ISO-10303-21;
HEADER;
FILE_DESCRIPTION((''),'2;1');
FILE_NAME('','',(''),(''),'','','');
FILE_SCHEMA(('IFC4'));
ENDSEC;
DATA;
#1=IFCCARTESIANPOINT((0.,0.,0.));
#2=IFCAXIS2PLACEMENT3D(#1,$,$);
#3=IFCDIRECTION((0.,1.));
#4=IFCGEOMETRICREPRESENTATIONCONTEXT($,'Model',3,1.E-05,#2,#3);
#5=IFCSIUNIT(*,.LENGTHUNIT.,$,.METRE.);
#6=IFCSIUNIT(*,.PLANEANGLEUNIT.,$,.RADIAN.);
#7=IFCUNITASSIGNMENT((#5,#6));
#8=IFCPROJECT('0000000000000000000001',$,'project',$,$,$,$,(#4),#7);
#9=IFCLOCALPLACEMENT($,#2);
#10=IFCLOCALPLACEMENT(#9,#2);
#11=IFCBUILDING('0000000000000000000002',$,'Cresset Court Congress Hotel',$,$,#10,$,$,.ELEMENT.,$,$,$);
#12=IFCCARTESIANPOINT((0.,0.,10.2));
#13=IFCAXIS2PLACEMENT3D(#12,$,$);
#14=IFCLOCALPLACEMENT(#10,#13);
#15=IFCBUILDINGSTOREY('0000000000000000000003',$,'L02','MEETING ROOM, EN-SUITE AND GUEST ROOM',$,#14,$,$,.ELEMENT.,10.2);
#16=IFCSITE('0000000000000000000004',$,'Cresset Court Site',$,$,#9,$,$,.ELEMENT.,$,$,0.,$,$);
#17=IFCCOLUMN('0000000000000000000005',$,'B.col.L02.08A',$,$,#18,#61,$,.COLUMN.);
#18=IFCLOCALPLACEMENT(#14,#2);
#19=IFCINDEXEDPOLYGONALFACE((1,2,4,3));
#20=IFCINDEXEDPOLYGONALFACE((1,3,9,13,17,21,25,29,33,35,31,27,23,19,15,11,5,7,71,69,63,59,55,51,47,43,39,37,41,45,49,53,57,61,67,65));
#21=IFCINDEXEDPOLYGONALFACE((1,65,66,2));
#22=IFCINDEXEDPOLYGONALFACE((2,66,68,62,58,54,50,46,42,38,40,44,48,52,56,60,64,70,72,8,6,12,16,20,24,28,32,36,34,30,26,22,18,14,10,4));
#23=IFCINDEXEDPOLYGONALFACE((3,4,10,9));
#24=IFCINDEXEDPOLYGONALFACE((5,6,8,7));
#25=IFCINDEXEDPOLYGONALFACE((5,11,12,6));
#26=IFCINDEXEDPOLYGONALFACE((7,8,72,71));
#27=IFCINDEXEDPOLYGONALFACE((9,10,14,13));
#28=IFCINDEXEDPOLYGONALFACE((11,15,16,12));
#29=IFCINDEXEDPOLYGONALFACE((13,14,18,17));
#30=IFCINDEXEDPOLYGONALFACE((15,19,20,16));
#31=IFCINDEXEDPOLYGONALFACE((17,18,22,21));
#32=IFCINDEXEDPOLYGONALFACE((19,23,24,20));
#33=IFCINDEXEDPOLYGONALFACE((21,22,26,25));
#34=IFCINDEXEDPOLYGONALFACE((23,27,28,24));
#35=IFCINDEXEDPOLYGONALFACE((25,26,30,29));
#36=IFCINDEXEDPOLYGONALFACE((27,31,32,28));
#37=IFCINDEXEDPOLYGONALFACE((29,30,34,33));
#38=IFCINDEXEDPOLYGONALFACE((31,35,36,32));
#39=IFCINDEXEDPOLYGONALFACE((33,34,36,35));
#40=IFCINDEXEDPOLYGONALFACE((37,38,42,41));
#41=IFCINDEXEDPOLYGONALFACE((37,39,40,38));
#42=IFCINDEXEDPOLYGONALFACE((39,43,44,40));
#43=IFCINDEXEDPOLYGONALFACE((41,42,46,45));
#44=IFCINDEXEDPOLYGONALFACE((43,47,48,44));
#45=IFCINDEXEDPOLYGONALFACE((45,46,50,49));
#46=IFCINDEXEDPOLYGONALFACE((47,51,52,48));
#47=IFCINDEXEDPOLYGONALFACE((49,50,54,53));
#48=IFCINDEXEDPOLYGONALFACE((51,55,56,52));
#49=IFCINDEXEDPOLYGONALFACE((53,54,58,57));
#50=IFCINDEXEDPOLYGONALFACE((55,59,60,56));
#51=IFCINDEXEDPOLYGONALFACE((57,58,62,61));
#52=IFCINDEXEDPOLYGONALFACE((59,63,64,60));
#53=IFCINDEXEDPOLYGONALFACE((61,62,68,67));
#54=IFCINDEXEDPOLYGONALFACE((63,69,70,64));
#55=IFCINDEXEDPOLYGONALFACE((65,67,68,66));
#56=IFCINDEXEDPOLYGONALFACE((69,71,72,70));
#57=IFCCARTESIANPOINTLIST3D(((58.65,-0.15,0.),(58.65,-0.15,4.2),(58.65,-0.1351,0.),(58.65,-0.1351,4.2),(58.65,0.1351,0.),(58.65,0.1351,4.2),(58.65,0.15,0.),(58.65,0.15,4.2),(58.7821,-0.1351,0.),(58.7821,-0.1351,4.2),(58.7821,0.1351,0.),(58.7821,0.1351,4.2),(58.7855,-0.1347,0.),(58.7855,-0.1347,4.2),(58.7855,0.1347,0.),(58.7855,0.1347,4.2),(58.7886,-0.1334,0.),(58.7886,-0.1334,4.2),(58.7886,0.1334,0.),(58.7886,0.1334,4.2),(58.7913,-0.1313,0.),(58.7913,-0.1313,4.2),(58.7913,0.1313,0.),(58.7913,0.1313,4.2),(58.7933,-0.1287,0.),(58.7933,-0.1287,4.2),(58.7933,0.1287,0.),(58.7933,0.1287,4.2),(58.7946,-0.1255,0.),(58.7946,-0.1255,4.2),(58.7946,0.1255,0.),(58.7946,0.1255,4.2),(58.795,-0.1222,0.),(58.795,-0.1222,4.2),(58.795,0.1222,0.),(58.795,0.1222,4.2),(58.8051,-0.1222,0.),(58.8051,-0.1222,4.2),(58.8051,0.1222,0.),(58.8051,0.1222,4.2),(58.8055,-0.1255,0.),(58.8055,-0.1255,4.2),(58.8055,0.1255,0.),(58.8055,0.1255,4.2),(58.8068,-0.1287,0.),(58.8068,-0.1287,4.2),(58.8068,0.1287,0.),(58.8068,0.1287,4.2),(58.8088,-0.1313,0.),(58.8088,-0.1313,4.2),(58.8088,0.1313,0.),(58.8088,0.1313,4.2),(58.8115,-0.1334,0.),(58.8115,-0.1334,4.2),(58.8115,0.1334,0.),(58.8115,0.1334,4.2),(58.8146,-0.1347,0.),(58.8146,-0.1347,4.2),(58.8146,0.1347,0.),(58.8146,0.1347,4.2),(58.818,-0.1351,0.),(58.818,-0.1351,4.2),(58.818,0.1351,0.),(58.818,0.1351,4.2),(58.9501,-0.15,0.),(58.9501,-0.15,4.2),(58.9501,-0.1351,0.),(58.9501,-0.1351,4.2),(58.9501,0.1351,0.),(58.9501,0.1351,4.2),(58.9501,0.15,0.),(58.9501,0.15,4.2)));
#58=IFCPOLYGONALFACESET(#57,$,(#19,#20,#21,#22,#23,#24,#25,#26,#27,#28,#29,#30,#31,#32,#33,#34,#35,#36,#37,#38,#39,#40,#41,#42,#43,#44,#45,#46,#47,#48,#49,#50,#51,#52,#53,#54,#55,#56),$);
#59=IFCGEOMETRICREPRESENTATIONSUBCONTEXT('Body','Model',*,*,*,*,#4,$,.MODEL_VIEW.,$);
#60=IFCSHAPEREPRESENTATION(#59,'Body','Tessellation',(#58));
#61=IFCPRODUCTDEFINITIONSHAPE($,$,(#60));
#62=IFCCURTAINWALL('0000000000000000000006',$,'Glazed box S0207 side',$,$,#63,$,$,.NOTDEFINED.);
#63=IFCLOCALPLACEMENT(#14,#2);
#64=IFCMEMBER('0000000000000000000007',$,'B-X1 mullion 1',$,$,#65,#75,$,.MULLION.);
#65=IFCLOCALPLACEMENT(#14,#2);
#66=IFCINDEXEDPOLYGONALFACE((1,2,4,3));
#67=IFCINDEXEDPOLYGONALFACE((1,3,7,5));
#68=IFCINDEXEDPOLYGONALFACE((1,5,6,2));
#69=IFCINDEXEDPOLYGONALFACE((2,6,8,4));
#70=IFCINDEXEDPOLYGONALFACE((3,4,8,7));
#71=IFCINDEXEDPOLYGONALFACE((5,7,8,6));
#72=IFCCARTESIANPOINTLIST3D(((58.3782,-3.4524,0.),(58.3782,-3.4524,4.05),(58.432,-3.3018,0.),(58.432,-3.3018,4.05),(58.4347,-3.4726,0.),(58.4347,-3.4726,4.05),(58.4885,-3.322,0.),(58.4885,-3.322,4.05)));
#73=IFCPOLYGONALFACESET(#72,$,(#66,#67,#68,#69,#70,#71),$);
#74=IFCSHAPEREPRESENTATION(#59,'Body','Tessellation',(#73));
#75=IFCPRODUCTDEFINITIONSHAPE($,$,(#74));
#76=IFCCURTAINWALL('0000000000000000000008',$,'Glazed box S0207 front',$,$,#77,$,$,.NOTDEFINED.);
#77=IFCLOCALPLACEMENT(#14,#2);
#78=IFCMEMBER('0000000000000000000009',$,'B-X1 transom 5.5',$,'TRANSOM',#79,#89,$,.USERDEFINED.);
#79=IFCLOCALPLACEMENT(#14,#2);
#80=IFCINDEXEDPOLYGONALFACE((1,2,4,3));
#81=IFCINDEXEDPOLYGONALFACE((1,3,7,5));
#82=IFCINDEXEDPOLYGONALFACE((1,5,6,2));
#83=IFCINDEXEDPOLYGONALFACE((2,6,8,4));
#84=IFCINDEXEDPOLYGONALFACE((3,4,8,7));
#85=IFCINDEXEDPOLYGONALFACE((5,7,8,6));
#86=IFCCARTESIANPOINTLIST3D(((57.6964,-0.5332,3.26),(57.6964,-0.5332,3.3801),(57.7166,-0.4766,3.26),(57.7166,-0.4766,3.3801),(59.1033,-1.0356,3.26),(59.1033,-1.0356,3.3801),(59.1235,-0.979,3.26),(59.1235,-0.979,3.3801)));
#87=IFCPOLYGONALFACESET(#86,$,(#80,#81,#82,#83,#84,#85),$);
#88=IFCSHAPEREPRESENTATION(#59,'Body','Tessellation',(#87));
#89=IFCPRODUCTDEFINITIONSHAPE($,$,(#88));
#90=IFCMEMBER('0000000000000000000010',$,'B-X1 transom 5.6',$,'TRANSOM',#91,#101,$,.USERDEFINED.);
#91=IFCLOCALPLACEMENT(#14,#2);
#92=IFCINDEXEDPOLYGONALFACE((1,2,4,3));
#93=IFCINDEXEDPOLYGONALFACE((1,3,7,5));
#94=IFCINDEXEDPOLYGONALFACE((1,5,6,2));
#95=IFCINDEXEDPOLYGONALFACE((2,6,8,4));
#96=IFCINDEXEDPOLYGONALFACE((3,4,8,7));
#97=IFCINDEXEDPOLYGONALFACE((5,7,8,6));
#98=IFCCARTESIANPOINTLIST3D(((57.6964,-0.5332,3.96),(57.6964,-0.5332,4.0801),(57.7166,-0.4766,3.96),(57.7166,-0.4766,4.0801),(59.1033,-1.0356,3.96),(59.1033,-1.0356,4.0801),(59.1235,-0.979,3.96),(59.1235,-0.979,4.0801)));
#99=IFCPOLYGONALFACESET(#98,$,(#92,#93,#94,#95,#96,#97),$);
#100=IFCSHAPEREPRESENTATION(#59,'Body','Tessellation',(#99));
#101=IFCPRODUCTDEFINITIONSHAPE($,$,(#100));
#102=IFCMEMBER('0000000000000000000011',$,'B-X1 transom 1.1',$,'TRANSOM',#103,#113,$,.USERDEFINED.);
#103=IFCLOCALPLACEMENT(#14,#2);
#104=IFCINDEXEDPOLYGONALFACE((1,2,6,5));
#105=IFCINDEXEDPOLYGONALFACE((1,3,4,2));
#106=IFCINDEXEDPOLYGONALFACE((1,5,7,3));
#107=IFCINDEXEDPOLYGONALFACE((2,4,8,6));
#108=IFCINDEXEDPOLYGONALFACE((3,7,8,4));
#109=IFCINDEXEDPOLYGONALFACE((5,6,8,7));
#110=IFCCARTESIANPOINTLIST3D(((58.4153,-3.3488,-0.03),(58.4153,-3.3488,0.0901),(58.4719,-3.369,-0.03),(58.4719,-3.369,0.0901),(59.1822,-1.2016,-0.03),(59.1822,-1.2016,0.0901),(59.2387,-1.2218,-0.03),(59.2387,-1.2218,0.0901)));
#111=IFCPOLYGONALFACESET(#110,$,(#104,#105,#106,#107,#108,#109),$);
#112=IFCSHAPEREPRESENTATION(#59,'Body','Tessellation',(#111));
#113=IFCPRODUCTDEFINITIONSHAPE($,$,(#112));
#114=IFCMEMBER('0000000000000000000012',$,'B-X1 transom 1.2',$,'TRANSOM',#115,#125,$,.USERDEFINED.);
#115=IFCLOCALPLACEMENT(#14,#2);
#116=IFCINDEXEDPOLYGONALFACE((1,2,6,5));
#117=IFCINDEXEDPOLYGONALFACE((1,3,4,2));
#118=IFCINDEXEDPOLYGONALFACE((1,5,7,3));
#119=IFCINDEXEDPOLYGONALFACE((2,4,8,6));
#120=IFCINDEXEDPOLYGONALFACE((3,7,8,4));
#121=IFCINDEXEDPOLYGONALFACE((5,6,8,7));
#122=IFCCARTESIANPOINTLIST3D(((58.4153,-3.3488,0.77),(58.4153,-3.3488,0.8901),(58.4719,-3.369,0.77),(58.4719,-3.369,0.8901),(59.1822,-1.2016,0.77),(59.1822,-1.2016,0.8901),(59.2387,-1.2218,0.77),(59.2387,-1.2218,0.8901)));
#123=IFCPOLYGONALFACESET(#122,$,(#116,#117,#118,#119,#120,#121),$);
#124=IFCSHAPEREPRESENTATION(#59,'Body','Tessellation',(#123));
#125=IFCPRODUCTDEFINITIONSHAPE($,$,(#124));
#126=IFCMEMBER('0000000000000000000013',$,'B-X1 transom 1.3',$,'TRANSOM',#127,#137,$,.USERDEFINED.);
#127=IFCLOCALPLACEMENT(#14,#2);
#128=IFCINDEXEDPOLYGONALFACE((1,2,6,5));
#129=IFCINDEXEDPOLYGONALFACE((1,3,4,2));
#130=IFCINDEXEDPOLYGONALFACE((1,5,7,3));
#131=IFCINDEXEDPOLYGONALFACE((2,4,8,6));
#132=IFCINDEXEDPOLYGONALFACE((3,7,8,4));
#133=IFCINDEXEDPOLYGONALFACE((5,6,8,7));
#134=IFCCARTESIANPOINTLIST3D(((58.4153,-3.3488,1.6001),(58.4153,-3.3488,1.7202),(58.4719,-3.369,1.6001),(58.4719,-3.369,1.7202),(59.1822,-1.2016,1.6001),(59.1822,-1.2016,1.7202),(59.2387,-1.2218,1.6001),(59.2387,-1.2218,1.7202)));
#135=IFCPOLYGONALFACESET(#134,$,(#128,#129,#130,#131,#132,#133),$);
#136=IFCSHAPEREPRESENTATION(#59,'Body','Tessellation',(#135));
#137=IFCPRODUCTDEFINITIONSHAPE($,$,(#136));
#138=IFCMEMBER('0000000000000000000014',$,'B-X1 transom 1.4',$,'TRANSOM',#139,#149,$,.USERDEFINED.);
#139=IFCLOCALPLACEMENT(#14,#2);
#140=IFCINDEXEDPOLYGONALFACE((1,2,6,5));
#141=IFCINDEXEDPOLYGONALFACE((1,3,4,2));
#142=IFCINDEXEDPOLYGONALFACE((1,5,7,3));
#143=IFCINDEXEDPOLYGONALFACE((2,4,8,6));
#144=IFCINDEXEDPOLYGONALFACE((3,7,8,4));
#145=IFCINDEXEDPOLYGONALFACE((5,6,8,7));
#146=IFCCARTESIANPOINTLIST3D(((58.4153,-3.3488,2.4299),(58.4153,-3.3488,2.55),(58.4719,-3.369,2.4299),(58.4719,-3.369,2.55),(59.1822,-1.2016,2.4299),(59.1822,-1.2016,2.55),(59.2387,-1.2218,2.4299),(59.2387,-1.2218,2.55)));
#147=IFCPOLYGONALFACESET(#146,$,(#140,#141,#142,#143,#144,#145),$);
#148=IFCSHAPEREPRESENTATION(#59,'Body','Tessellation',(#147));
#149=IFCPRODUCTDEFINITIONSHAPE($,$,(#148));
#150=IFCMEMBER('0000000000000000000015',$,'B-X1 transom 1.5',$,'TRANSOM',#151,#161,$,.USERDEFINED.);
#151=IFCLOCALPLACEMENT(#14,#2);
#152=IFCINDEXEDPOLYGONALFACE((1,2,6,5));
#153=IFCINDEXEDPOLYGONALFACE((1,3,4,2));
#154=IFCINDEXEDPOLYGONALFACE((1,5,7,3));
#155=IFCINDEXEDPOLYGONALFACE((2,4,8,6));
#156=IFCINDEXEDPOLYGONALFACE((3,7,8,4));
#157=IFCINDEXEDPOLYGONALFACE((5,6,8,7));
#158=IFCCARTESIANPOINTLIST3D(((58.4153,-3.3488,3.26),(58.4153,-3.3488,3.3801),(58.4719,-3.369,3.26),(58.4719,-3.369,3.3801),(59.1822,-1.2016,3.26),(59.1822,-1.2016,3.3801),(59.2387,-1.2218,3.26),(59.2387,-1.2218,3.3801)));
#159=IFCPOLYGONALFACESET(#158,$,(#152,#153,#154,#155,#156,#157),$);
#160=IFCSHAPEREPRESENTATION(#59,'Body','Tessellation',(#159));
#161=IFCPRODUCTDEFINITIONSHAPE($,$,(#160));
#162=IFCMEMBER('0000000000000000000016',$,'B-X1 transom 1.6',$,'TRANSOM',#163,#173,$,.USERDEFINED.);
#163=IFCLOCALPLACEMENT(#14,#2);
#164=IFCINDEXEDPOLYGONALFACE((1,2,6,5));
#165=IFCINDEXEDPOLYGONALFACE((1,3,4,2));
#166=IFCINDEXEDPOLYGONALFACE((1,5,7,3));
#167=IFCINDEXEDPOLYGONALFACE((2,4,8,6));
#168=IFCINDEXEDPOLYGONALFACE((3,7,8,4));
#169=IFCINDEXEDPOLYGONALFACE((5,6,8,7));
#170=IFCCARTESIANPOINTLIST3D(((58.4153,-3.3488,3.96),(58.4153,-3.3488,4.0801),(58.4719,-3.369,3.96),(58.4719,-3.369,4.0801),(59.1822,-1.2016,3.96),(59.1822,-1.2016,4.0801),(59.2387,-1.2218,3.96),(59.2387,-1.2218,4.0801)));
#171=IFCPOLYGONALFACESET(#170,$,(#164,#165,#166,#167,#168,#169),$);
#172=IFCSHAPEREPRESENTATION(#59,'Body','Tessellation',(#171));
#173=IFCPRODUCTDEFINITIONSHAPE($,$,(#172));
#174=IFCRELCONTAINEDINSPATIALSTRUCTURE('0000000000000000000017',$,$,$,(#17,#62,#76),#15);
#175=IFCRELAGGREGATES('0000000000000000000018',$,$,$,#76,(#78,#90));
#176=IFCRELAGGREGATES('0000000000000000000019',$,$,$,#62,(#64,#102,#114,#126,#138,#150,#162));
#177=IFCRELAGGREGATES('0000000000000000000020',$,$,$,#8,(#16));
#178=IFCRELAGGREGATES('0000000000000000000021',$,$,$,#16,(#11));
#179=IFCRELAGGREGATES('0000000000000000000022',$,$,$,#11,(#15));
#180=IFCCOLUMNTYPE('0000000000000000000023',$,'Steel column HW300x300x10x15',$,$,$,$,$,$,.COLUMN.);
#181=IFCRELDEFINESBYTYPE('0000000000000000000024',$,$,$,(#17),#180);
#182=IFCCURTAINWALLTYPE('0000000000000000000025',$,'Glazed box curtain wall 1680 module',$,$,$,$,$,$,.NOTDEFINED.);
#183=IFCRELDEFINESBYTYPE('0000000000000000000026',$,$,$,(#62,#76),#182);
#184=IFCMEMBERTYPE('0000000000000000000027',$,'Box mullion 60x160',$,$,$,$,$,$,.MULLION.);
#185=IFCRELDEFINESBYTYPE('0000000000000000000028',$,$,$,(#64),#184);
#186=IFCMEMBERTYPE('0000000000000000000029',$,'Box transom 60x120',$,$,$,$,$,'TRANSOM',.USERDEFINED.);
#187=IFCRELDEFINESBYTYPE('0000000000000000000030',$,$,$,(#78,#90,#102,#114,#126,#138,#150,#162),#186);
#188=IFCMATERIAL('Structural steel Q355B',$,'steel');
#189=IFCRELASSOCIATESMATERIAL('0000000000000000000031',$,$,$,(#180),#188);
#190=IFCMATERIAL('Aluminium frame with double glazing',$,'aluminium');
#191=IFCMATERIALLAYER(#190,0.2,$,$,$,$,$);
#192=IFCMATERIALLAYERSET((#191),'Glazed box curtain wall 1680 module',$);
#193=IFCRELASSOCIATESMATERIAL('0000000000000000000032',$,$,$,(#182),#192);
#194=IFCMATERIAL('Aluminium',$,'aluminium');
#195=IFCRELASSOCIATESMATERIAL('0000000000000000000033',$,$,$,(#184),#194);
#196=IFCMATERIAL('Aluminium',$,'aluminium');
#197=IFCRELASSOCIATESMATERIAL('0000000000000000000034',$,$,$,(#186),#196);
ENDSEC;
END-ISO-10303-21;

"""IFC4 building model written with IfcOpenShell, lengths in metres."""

from ifc_helpers import new_model, si_unit, direction, frame, origin, origin_2d, place, context, subcontext, project, spatial, rectangle, i_section, extrude, material, layer, layer_set, material_profile, profile_set, type_object, element, aggregate, save


model = new_model("IFC4")

# Units and contexts
model_context = context("Model", 3, precision=1e-05, world=origin(), true_north=direction((0.0, 1.0)))
body_context = subcontext(model_context, "Body", "Model", "MODEL_VIEW")
ifc_project = project(units=[si_unit("LENGTHUNIT", "METRE"), si_unit("PLANEANGLEUNIT", "RADIAN")], contexts=[model_context])

# Site, building, storey
site_placement = place(None, origin())
site = spatial("IfcSite", under=ifc_project, at=site_placement, Name="Cresset Court Site", CompositionType="ELEMENT", RefElevation=0.0)
building_placement = place(site_placement, origin())
building = spatial("IfcBuilding", under=site, at=building_placement, Name="Cresset Court Congress Hotel", CompositionType="ELEMENT")
storey_placement = place(building_placement, frame((0.0, 0.0, 10.2)))
storey = spatial("IfcBuildingStorey", under=building, at=storey_placement, Name="L02", Description="MEETING ROOM, EN-SUITE AND GUEST ROOM", CompositionType="ELEMENT", Elevation=10.2)

# Column
ifc_material_1 = material(Name="Structural steel Q355B", Category="steel")
ifc_material_profile_1 = material_profile(ifc_material_1, i_section(OverallWidth=0.3, OverallDepth=0.3, WebThickness=0.01, FlangeThickness=0.0149, FilletRadius=0.0129, at=origin_2d()), Name="HW300x300x10x15")
ifc_profile_set_1 = profile_set([ifc_material_profile_1], Name="Structural steel Q355B")
column_type = type_object("IfcColumnType", Name="Steel column HW300x300x10x15", PredefinedType="COLUMN", material=ifc_profile_set_1)
column_placement = place(storey_placement, frame((58.8, 0.0, 0.0), z_axis=(0.0, 0.0, 1.0), x_axis=(1.0, 0.0, 0.0)))
element("IfcColumn", 1, at=column_placement, inside=storey, type_object=column_type, Name="B.col.L02.08A", PredefinedType="COLUMN", context=body_context, shape_type="SweptSolid", body=[
    extrude(i_section(OverallWidth=0.3, OverallDepth=0.3, WebThickness=0.01, FlangeThickness=0.0149, FilletRadius=0.0129, at=origin_2d()), origin(), (0.0, 0.0, 1.0), 4.2),
])

# Curtain wall, member
ifc_material_2 = material(Name="Aluminium frame with double glazing", Category="aluminium")
ifc_layer_1 = layer(ifc_material_2, 0.2)
ifc_layer_set_1 = layer_set([ifc_layer_1], Name="Glazed box curtain wall 1680 module")
curtain_wall_type = type_object("IfcCurtainWallType", Name="Glazed box curtain wall 1680 module", PredefinedType="NOTDEFINED", material=ifc_layer_set_1)
curtain_wall_1_placement = place(storey_placement, origin())
curtain_wall_1 = element("IfcCurtainWall", 2, at=curtain_wall_1_placement, inside=storey, type_object=curtain_wall_type, Name="Glazed box S0207 side", PredefinedType="NOTDEFINED")
ifc_material_3 = material(Name="Aluminium", Category="aluminium")
ifc_material_profile_2 = material_profile(ifc_material_3, rectangle(XDim=0.0601, YDim=0.1599, at=origin_2d()), Name="Box mullion 60x160")
ifc_profile_set_2 = profile_set([ifc_material_profile_2], Name="Aluminium")
member_type_1 = type_object("IfcMemberType", Name="Box mullion 60x160", PredefinedType="MULLION", material=ifc_profile_set_2)
member_1_placement = place(storey_placement, frame((58.4333, -3.3872, 0.0), z_axis=(0.0, 0.0, 1.0), x_axis=(-0.941742, 0.336336, 0.0)))
member_1 = element("IfcMember", 3, at=member_1_placement, type_object=member_type_1, Name="B-X1 mullion 1", PredefinedType="MULLION", context=body_context, shape_type="SweptSolid", body=[
    extrude(rectangle(XDim=0.0601, YDim=0.1599, at=origin_2d()), origin(), (0.0, 0.0, 1.0), 4.05),
])

# Curtain wall, members
curtain_wall_2_placement = place(storey_placement, origin())
curtain_wall_2 = element("IfcCurtainWall", 4, at=curtain_wall_2_placement, inside=storey, type_object=curtain_wall_type, Name="Glazed box S0207 front", PredefinedType="NOTDEFINED")
ifc_material_4 = material(Name="Aluminium", Category="aluminium")
ifc_material_profile_3 = material_profile(ifc_material_4, rectangle(XDim=0.0601, YDim=0.1201, at=origin_2d()), Name="Box transom 60x120")
ifc_profile_set_3 = profile_set([ifc_material_profile_3], Name="Aluminium")
member_type_2 = type_object("IfcMemberType", Name="Box transom 60x120", ElementType="TRANSOM", PredefinedType="USERDEFINED", material=ifc_profile_set_3)
member_2_placement = place(storey_placement, frame((57.7065, -0.5049, 3.3201), z_axis=(0.941753, -0.336305, 0.0), x_axis=(0.336305, 0.941753, 0.0)))
member_2 = element("IfcMember", 5, at=member_2_placement, type_object=member_type_2, Name="B-X1 transom 5.5", ObjectType="TRANSOM", PredefinedType="USERDEFINED", context=body_context, shape_type="SweptSolid", body=[
    extrude(rectangle(XDim=0.0601, YDim=0.1201, at=origin_2d()), origin(), (0.0, 0.0, 1.0), 1.4939),
])
member_3_placement = place(storey_placement, frame((57.7065, -0.5049, 4.02), z_axis=(0.941753, -0.336305, 0.0), x_axis=(0.336305, 0.941753, 0.0)))
member_3 = element("IfcMember", 6, at=member_3_placement, type_object=member_type_2, Name="B-X1 transom 5.6", ObjectType="TRANSOM", PredefinedType="USERDEFINED", context=body_context, shape_type="SweptSolid", body=[
    extrude(rectangle(XDim=0.0601, YDim=0.1201, at=origin_2d()), origin(), (0.0, 0.0, 1.0), 1.4939),
])

# Members
member_4_placement = place(storey_placement, frame((58.4436, -3.3589, 0.03), z_axis=(0.33633, 0.941744, 0.0), x_axis=(-0.941744, 0.33633, 0.0)))
member_4 = element("IfcMember", 7, at=member_4_placement, type_object=member_type_2, Name="B-X1 transom 1.1", ObjectType="TRANSOM", PredefinedType="USERDEFINED", context=body_context, shape_type="SweptSolid", body=[
    extrude(rectangle(XDim=0.0601, YDim=0.1201, at=origin_2d()), origin(), (0.0, 0.0, 1.0), 2.28),
])
member_5_placement = place(storey_placement, frame((58.4436, -3.3589, 0.8301), z_axis=(0.33633, 0.941744, 0.0), x_axis=(-0.941744, 0.33633, 0.0)))
member_5 = element("IfcMember", 8, at=member_5_placement, type_object=member_type_2, Name="B-X1 transom 1.2", ObjectType="TRANSOM", PredefinedType="USERDEFINED", context=body_context, shape_type="SweptSolid", body=[
    extrude(rectangle(XDim=0.0601, YDim=0.1201, at=origin_2d()), origin(), (0.0, 0.0, 1.0), 2.28),
])
member_6_placement = place(storey_placement, frame((58.4436, -3.3589, 1.6602), z_axis=(0.33633, 0.941744, 0.0), x_axis=(-0.941744, 0.33633, 0.0)))
member_6 = element("IfcMember", 9, at=member_6_placement, type_object=member_type_2, Name="B-X1 transom 1.3", ObjectType="TRANSOM", PredefinedType="USERDEFINED", context=body_context, shape_type="SweptSolid", body=[
    extrude(rectangle(XDim=0.0601, YDim=0.1201, at=origin_2d()), origin(), (0.0, 0.0, 1.0), 2.28),
])
member_7_placement = place(storey_placement, frame((58.4436, -3.3589, 2.49), z_axis=(0.33633, 0.941744, 0.0), x_axis=(-0.941744, 0.33633, 0.0)))
member_7 = element("IfcMember", 10, at=member_7_placement, type_object=member_type_2, Name="B-X1 transom 1.4", ObjectType="TRANSOM", PredefinedType="USERDEFINED", context=body_context, shape_type="SweptSolid", body=[
    extrude(rectangle(XDim=0.0601, YDim=0.1201, at=origin_2d()), origin(), (0.0, 0.0, 1.0), 2.28),
])
member_8_placement = place(storey_placement, frame((58.4436, -3.3589, 3.3201), z_axis=(0.33633, 0.941744, 0.0), x_axis=(-0.941744, 0.33633, 0.0)))
member_8 = element("IfcMember", 11, at=member_8_placement, type_object=member_type_2, Name="B-X1 transom 1.5", ObjectType="TRANSOM", PredefinedType="USERDEFINED", context=body_context, shape_type="SweptSolid", body=[
    extrude(rectangle(XDim=0.0601, YDim=0.1201, at=origin_2d()), origin(), (0.0, 0.0, 1.0), 2.28),
])
member_9_placement = place(storey_placement, frame((58.4436, -3.3589, 4.02), z_axis=(0.33633, 0.941744, 0.0), x_axis=(-0.941744, 0.33633, 0.0)))
member_9 = element("IfcMember", 12, at=member_9_placement, type_object=member_type_2, Name="B-X1 transom 1.6", ObjectType="TRANSOM", PredefinedType="USERDEFINED", context=body_context, shape_type="SweptSolid", body=[
    extrude(rectangle(XDim=0.0601, YDim=0.1201, at=origin_2d()), origin(), (0.0, 0.0, 1.0), 2.28),
])

aggregate(curtain_wall_2, [member_2, member_3])
aggregate(curtain_wall_1, [member_1, member_4, member_5, member_6, member_7, member_8, member_9])

save(model, "model.ifc")
